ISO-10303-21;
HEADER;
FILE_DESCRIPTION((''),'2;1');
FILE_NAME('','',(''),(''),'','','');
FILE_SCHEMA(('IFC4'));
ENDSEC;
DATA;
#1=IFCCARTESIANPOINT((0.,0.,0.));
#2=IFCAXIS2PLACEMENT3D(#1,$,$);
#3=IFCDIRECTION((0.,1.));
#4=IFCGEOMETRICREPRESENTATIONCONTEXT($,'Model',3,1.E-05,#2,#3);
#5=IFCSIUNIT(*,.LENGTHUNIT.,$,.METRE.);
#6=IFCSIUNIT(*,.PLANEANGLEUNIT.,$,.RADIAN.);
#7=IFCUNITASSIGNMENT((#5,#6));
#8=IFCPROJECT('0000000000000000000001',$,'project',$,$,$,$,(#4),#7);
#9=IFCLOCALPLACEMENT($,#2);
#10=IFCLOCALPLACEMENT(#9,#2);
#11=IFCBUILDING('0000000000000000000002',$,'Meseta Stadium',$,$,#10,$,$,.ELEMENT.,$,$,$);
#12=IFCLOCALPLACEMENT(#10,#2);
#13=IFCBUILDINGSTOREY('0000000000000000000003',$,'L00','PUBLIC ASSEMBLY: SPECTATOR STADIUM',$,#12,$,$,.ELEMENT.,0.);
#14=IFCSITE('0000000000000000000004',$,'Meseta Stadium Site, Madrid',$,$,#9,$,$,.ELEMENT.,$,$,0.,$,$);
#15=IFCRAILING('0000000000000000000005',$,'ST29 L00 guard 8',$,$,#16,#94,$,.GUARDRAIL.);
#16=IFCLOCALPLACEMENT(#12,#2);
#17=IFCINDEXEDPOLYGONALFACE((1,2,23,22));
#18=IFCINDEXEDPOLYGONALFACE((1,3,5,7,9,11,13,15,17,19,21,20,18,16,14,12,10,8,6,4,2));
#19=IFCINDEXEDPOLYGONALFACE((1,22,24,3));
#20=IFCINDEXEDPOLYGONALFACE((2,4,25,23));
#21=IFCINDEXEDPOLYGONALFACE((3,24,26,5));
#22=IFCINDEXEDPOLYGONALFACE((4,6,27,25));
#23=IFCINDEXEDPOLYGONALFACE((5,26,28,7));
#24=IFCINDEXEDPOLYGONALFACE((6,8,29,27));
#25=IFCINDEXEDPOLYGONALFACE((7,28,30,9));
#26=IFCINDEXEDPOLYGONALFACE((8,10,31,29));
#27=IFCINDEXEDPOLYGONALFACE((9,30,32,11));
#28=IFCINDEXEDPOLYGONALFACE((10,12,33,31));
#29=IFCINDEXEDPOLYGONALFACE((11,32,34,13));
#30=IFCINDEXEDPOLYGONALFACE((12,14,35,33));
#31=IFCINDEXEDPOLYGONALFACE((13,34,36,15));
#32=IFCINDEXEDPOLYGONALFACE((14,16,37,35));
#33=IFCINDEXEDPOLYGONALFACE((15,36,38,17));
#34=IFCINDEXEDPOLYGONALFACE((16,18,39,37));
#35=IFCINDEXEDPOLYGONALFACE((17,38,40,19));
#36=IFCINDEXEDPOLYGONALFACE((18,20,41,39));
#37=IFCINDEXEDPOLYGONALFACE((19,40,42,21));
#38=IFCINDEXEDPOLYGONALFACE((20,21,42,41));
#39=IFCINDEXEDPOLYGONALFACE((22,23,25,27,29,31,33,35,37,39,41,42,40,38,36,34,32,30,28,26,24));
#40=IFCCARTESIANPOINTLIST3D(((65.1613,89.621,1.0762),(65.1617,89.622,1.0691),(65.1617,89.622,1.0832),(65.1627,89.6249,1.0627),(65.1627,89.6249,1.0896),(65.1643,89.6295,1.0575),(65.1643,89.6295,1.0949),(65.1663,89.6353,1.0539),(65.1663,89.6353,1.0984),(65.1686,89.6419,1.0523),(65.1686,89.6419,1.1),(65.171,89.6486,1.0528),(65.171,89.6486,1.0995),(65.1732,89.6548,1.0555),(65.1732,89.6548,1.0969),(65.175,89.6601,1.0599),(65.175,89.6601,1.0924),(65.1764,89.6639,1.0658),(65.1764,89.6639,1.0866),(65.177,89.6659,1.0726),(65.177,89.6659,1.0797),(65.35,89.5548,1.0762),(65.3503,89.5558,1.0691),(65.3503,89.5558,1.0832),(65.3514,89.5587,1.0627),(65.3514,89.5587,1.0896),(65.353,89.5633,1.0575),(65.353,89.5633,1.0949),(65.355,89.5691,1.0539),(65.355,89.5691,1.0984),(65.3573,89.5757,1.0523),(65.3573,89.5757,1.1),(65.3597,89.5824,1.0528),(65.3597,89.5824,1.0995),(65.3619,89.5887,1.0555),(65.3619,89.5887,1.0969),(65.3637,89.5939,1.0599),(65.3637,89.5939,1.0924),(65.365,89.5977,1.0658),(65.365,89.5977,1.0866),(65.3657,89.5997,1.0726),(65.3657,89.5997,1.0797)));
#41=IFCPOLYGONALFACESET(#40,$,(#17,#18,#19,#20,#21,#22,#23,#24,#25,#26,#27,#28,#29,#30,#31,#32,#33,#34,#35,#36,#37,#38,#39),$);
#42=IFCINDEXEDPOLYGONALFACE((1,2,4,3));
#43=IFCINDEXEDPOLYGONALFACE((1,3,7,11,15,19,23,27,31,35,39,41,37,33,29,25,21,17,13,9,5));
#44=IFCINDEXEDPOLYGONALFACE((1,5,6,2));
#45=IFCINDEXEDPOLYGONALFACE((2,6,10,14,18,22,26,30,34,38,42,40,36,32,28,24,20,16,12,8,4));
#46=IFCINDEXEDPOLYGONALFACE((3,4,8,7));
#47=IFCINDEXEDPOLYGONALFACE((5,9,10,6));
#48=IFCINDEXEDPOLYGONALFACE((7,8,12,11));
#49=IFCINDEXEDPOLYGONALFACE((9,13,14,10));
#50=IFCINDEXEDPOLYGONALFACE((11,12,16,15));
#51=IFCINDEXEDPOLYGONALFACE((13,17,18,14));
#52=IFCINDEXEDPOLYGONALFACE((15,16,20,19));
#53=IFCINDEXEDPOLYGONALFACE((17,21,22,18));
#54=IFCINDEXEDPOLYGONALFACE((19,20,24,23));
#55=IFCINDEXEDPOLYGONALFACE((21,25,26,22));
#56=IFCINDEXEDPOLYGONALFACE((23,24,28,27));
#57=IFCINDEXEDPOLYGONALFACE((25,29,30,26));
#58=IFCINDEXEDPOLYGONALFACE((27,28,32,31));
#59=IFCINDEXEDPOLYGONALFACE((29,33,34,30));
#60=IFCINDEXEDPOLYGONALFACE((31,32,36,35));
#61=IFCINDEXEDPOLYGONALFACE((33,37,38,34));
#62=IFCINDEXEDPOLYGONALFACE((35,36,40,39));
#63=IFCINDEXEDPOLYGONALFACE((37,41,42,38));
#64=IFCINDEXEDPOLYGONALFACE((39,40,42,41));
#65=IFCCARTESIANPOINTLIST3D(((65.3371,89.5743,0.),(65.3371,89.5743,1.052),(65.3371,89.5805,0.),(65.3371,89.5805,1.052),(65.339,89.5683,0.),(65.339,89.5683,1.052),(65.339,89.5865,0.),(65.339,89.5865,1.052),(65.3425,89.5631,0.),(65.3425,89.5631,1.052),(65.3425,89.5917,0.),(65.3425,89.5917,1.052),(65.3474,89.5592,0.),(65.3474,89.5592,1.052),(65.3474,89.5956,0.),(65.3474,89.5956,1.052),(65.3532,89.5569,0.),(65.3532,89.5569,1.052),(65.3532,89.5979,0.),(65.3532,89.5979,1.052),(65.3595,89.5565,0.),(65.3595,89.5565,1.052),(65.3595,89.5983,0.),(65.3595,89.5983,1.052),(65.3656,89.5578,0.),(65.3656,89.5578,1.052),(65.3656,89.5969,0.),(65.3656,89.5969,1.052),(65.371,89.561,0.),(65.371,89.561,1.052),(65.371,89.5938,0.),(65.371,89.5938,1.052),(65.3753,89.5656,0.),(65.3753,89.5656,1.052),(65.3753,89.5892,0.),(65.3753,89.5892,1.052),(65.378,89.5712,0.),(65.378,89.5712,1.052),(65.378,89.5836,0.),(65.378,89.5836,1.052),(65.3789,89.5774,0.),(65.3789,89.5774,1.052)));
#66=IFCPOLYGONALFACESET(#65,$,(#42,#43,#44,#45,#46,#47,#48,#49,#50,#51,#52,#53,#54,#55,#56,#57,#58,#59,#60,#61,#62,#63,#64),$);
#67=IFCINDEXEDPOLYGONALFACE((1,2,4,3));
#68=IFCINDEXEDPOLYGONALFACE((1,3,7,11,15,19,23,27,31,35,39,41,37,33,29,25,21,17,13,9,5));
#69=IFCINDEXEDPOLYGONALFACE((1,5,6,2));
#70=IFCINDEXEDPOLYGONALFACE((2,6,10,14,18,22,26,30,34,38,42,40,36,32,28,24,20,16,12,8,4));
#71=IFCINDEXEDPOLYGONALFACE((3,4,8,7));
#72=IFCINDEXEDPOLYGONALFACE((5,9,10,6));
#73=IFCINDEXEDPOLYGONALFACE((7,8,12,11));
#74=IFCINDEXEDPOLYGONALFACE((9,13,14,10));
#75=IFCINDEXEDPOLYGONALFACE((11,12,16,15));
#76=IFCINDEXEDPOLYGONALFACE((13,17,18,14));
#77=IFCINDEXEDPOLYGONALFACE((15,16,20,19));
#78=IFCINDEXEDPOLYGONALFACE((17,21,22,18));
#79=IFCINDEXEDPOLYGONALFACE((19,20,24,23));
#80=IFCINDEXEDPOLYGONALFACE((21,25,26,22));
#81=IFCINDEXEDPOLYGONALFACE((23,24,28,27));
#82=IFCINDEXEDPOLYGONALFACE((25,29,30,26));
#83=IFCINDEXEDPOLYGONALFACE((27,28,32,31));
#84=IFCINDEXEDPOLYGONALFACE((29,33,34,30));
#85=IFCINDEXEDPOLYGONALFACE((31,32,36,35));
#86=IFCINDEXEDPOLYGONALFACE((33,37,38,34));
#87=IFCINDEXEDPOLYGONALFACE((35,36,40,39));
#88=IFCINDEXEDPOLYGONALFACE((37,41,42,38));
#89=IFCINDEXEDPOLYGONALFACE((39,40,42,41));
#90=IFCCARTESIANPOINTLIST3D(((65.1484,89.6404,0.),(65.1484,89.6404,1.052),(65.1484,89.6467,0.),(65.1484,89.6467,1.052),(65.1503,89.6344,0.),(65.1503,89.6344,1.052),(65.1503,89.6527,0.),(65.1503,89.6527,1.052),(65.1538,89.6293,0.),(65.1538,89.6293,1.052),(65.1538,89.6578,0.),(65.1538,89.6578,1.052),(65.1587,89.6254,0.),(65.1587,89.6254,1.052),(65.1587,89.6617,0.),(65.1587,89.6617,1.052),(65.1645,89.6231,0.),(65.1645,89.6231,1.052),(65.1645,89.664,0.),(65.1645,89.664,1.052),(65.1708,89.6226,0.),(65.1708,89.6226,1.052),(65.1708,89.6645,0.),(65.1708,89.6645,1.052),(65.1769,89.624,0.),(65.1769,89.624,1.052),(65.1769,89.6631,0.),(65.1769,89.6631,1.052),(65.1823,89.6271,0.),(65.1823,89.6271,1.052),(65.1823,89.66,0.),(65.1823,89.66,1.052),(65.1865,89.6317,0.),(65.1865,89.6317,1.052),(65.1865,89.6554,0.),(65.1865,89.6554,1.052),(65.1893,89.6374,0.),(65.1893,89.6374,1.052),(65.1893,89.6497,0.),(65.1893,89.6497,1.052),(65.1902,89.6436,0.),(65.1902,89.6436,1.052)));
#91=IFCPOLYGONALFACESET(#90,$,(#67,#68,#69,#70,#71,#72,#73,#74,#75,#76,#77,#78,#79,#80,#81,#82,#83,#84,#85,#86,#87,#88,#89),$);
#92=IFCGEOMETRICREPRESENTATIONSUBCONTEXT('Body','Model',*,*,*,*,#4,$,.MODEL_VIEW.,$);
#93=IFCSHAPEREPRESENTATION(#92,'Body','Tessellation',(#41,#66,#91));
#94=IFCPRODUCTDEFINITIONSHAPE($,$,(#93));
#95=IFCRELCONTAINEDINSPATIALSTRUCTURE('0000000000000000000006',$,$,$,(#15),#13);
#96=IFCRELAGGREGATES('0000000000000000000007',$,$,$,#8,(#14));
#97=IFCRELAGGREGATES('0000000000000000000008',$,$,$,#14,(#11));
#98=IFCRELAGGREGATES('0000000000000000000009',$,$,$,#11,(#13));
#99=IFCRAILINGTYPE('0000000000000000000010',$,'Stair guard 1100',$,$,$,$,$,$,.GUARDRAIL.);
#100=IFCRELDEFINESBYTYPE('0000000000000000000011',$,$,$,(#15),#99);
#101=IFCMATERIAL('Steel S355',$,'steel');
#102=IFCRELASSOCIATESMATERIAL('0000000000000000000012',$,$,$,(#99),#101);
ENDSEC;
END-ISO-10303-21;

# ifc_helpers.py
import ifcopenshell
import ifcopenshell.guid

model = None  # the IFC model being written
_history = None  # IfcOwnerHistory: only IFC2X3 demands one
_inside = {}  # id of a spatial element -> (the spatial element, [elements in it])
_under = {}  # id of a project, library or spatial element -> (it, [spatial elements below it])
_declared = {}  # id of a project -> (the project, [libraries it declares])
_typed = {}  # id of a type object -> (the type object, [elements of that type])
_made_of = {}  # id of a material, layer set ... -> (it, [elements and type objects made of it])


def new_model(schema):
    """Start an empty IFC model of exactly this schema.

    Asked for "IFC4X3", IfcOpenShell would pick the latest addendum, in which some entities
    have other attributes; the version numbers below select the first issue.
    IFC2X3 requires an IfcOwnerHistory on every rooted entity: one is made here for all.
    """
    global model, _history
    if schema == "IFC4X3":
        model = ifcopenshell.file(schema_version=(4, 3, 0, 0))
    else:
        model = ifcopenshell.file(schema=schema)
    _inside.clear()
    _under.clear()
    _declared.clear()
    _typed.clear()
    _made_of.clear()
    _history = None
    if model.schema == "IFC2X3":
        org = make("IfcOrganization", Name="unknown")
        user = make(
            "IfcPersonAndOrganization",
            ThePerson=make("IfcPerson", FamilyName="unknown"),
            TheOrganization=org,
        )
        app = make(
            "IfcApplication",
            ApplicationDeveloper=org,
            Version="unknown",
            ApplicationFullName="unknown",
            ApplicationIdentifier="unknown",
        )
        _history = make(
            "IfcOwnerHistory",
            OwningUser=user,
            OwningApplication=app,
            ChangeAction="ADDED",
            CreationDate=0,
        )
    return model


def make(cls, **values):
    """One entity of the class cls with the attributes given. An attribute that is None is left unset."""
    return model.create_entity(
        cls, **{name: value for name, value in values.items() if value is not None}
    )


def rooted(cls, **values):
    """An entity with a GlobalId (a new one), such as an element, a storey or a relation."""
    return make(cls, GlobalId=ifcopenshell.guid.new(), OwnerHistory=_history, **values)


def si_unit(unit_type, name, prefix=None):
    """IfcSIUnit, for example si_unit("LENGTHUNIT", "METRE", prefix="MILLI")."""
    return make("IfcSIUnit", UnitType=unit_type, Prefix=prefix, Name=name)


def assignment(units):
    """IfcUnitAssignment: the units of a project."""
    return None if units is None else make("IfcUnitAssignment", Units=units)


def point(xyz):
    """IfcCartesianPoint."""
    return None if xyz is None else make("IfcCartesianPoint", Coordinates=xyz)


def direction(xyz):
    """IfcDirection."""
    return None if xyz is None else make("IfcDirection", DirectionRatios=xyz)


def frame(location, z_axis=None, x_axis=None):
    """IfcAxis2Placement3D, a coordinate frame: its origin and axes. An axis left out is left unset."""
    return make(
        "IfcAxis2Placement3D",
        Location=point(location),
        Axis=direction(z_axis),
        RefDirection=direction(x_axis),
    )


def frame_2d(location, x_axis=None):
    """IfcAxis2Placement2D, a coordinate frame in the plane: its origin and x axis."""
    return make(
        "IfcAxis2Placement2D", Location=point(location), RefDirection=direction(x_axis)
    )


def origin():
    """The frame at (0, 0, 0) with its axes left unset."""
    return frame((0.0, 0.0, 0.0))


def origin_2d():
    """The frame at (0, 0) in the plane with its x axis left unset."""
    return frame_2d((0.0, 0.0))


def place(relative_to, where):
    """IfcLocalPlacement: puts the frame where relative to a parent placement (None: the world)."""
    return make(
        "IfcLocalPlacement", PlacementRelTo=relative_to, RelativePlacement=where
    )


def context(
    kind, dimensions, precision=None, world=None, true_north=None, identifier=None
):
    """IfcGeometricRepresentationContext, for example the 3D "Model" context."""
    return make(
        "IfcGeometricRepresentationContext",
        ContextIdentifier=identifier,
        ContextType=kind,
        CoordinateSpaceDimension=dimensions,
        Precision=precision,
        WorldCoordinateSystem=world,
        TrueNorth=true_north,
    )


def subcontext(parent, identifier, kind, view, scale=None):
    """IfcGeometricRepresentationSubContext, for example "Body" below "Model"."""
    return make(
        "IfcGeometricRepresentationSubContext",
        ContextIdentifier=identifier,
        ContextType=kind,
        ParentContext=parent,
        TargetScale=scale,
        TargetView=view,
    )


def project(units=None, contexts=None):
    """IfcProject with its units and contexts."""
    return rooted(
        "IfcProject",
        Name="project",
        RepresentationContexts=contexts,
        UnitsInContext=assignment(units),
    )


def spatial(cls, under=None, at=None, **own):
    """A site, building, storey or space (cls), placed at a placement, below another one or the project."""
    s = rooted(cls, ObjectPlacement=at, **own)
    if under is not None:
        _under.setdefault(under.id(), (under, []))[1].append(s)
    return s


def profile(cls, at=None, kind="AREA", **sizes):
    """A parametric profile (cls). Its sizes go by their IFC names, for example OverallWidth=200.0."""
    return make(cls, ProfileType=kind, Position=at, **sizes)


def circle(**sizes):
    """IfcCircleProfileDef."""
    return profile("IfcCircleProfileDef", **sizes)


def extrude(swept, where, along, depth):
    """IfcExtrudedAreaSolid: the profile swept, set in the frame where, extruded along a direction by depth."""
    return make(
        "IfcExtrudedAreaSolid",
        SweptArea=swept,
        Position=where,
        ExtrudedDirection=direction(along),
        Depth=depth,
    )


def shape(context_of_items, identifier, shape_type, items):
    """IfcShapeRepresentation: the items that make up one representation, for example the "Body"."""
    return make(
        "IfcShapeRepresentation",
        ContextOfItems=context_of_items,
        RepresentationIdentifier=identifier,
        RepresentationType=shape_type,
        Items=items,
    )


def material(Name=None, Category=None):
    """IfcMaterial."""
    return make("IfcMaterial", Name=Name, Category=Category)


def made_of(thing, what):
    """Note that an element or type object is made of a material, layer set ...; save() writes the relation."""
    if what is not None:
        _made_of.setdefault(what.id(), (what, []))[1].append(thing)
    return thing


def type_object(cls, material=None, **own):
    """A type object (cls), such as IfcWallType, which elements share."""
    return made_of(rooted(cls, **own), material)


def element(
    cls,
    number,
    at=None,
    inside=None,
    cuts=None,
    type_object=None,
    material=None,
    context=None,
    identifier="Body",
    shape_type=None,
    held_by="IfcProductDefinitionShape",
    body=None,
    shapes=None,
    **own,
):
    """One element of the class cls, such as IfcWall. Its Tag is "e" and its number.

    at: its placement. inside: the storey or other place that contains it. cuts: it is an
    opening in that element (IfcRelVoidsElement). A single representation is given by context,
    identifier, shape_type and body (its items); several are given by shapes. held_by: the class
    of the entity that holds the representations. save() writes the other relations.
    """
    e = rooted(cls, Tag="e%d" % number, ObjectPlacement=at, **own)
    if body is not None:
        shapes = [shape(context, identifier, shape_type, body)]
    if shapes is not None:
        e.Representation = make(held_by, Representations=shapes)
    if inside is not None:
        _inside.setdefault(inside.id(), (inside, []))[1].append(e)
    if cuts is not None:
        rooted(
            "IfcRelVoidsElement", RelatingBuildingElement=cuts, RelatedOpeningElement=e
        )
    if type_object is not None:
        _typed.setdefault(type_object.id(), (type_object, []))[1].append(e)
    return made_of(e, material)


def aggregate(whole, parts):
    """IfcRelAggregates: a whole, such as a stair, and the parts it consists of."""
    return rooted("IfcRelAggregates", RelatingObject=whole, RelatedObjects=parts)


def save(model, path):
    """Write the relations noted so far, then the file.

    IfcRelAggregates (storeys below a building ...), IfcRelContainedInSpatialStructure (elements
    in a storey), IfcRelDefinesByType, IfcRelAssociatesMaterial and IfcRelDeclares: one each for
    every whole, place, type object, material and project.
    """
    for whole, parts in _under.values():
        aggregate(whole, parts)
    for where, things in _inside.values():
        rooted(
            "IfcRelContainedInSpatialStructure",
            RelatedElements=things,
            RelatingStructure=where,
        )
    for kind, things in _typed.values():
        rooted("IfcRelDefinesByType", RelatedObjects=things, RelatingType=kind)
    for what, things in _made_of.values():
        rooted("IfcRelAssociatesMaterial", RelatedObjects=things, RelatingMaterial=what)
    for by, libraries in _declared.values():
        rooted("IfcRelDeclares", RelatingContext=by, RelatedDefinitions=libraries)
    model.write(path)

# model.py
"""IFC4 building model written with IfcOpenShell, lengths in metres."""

from ifc_helpers import new_model, si_unit, direction, frame, origin, origin_2d, place, context, subcontext, project, spatial, circle, extrude, material, type_object, element, save


model = new_model("IFC4")

# Units and contexts
model_context = context("Model", 3, precision=1e-05, world=origin(), true_north=direction((0.0, 1.0)))
body_context = subcontext(model_context, "Body", "Model", "MODEL_VIEW")
ifc_project = project(units=[si_unit("LENGTHUNIT", "METRE"), si_unit("PLANEANGLEUNIT", "RADIAN")], contexts=[model_context])

# Site, building, storey
site_placement = place(None, origin())
site = spatial("IfcSite", under=ifc_project, at=site_placement, Name="Meseta Stadium Site, Madrid", CompositionType="ELEMENT", RefElevation=0.0)
building_placement = place(site_placement, origin())
building = spatial("IfcBuilding", under=site, at=building_placement, Name="Meseta Stadium", CompositionType="ELEMENT")
storey_placement = place(building_placement, origin())
storey = spatial("IfcBuildingStorey", under=building, at=storey_placement, Name="L00", Description="PUBLIC ASSEMBLY: SPECTATOR STADIUM", CompositionType="ELEMENT", Elevation=0.0)

# Railing
ifc_material_1 = material(Name="Steel S355", Category="steel")
railing_type_1 = type_object("IfcRailingType", Name="Stair guard 1100", PredefinedType="GUARDRAIL", material=ifc_material_1)
railing_1_placement = place(storey_placement, frame((65.3579, 89.5774, 0.0)))
element("IfcRailing", 1, at=railing_1_placement, inside=storey, type_object=railing_type_1, Name="ST29 L00 guard 8", PredefinedType="GUARDRAIL", context=body_context, shape_type="SweptSolid", body=[
    extrude(circle(Radius=0.0239, at=origin_2d()), frame((0.0, 0.0, 1.0762), z_axis=(-0.943687, 0.33084, 0.0), x_axis=(-0.33084, -0.943687, 0.0)), (0.0, 0.0, 1.0), 0.2),
    extrude(circle(Radius=0.021, at=origin_2d()), origin(), (0.0, 0.0, 1.0), 1.052),
    extrude(circle(Radius=0.021, at=origin_2d()), frame((-0.1887, 0.0662, 0.0)), (0.0, 0.0, 1.0), 1.052),
])

save(model, "model.ifc")
